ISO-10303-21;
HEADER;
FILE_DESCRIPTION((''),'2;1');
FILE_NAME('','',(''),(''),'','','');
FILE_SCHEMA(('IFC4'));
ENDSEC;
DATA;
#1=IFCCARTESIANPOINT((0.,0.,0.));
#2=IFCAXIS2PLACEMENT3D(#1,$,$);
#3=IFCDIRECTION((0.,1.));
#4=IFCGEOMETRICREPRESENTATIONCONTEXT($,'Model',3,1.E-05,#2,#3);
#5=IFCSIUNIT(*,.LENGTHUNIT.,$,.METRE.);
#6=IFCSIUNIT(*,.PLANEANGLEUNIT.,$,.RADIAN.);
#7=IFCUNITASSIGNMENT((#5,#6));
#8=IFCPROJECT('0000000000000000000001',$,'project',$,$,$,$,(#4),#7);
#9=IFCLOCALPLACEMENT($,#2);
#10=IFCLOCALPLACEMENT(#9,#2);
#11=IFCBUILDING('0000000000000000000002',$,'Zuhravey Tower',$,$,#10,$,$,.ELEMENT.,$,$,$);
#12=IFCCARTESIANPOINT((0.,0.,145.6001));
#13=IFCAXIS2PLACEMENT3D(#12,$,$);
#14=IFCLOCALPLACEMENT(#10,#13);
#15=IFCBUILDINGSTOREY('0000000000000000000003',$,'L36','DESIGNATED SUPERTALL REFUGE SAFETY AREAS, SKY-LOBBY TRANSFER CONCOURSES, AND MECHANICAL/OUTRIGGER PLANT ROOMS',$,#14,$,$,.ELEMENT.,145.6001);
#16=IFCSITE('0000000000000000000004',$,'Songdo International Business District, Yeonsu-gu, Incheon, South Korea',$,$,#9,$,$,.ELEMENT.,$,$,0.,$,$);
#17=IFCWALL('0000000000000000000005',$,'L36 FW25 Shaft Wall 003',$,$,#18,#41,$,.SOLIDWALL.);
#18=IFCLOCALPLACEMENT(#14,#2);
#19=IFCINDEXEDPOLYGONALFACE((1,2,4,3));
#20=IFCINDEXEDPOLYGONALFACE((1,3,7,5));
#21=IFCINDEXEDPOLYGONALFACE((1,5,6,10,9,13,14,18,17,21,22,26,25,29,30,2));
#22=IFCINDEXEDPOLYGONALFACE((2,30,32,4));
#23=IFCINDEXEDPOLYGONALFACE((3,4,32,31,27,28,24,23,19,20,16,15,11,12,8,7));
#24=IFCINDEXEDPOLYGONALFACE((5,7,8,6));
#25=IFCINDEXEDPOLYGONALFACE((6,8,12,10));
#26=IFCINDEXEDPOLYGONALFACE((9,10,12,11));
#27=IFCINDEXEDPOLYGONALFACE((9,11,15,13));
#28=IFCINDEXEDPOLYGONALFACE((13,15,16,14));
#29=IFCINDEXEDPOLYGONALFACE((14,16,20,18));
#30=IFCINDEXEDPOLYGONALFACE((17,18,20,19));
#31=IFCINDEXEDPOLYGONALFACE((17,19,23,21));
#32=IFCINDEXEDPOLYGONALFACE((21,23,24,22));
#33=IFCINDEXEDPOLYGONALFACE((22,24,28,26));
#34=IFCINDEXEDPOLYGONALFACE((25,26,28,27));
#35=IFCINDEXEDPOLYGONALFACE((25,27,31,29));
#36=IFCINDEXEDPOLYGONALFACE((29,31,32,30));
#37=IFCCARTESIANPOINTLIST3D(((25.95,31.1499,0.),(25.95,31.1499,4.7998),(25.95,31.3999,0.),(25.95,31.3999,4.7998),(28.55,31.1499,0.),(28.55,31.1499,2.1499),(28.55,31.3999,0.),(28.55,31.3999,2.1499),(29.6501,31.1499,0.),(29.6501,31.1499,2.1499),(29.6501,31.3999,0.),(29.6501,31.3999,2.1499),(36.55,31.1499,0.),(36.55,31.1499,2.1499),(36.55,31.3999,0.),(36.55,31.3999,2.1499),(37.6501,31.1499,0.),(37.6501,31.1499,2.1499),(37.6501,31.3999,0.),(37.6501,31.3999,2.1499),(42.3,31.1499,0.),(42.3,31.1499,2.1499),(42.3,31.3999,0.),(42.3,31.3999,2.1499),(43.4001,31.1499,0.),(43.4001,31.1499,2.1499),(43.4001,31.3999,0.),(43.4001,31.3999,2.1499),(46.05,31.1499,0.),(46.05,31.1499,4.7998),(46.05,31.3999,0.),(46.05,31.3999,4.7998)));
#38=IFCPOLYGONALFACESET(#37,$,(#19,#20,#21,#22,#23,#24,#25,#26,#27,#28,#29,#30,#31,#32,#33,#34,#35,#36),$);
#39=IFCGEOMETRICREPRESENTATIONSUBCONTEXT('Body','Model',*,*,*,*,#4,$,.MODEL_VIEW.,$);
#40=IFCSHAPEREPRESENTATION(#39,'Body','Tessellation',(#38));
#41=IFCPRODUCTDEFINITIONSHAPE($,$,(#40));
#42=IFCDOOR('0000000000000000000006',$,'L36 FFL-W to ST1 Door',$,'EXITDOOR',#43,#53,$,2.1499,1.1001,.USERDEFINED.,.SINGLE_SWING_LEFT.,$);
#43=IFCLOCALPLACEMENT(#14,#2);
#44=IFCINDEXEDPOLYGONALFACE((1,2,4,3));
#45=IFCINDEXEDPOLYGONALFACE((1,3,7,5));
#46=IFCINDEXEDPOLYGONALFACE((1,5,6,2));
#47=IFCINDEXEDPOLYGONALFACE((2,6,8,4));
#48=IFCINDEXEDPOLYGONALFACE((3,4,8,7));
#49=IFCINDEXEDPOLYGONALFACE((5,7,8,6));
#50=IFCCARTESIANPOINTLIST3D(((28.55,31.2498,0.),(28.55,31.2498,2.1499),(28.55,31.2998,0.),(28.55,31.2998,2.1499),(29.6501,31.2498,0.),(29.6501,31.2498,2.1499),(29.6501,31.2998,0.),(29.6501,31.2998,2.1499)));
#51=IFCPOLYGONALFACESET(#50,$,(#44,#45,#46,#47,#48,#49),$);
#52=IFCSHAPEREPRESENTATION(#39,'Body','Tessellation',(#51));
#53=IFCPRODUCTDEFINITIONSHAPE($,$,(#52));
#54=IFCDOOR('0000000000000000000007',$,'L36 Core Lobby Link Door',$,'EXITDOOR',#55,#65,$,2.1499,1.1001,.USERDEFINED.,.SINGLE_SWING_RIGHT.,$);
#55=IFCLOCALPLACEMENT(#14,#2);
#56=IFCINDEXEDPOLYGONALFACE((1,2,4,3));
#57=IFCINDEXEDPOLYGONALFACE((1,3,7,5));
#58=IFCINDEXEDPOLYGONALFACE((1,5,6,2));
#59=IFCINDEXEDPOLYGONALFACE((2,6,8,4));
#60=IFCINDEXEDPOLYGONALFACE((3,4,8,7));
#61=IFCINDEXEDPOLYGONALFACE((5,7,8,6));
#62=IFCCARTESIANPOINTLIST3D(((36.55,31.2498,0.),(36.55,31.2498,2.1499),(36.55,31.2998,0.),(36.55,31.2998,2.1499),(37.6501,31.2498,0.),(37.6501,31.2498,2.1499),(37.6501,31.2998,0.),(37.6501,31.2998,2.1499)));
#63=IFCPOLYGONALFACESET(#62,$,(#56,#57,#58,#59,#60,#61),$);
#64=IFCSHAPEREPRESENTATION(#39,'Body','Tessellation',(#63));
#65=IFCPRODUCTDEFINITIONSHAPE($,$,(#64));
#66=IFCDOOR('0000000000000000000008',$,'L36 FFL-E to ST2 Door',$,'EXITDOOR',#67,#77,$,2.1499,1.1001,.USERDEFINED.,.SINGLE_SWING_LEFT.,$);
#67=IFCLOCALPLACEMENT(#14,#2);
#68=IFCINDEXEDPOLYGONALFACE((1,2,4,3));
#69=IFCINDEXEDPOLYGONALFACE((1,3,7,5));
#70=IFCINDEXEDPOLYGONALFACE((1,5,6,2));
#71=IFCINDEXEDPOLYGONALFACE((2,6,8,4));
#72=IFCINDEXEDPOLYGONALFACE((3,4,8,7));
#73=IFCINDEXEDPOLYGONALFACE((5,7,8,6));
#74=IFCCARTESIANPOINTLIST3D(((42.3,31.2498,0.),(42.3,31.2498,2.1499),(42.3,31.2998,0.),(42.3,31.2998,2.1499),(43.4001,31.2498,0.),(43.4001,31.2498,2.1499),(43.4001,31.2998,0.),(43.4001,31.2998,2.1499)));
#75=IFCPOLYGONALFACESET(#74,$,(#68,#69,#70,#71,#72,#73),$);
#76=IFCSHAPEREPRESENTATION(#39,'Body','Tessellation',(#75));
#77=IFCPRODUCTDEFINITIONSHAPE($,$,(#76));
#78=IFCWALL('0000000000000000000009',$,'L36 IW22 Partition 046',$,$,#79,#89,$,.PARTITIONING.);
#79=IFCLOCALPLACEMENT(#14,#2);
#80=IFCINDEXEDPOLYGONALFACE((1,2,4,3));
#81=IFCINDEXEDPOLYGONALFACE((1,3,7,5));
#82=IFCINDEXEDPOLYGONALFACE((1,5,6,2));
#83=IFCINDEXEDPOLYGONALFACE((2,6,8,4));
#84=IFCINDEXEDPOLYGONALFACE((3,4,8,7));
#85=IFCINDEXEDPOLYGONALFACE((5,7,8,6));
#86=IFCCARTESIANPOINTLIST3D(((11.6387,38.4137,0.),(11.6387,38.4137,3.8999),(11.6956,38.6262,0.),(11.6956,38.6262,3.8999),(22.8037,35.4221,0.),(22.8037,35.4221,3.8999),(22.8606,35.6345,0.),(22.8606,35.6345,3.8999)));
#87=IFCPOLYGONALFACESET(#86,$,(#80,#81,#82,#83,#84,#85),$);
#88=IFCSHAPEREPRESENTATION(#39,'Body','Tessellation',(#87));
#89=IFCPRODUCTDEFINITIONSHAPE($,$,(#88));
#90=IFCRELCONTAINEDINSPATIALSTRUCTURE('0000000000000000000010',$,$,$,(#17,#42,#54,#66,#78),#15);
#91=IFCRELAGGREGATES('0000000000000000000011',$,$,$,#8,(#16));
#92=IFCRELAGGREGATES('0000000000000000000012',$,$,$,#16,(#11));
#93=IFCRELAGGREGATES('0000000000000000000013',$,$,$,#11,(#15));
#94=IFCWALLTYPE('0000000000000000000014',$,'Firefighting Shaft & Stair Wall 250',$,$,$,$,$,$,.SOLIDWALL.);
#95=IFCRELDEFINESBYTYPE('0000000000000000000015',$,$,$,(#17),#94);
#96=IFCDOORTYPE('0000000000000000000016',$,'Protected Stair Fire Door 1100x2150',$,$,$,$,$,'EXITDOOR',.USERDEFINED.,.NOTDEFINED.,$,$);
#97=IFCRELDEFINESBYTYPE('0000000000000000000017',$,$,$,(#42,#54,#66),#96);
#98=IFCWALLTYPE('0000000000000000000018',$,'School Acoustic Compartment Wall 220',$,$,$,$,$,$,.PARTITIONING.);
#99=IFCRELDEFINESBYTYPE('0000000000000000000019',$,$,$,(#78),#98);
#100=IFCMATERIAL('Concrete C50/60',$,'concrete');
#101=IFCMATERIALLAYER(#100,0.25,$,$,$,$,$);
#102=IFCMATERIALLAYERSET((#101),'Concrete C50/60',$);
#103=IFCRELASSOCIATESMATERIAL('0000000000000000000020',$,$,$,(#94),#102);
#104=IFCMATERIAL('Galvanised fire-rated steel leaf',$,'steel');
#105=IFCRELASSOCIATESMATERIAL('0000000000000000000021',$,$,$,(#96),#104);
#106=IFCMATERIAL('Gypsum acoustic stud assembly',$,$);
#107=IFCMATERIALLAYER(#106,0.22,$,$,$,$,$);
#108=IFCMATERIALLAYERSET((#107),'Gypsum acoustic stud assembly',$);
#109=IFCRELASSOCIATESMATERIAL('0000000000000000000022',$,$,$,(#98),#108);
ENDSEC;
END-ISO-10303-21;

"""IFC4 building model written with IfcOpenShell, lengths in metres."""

from ifc_helpers import new_model, si_unit, direction, frame, frame_2d, origin, place, context, subcontext, project, spatial, rectangle, extrude, material, layer, layer_set, type_object, element, fill, save


model = new_model("IFC4")

# Units and contexts
model_context = context("Model", 3, precision=1e-05, world=origin(), true_north=direction((0.0, 1.0)))
body_context = subcontext(model_context, "Body", "Model", "MODEL_VIEW")
ifc_project = project(units=[si_unit("LENGTHUNIT", "METRE"), si_unit("PLANEANGLEUNIT", "RADIAN")], contexts=[model_context])

# Site, building, storey
site_placement = place(None, origin())
site = spatial("IfcSite", under=ifc_project, at=site_placement, Name="Songdo International Business District, Yeonsu-gu, Incheon, South Korea", CompositionType="ELEMENT", RefElevation=0.0)
building_placement = place(site_placement, origin())
building = spatial("IfcBuilding", under=site, at=building_placement, Name="Zuhravey Tower", CompositionType="ELEMENT")
storey_placement = place(building_placement, frame((0.0, 0.0, 145.6001)))
storey = spatial("IfcBuildingStorey", under=building, at=storey_placement, Name="L36", Description="DESIGNATED SUPERTALL REFUGE SAFETY AREAS, SKY-LOBBY TRANSFER CONCOURSES, AND MECHANICAL/OUTRIGGER PLANT ROOMS", CompositionType="ELEMENT", Elevation=145.6001)

# Wall, openings, doors
ifc_material_1 = material(Name="Concrete C50/60", Category="concrete")
ifc_layer_1 = layer(ifc_material_1, 0.25)
ifc_layer_set_1 = layer_set([ifc_layer_1], Name="Concrete C50/60")
wall_type_1 = type_object("IfcWallType", Name="Firefighting Shaft & Stair Wall 250", PredefinedType="SOLIDWALL", material=ifc_layer_set_1)
wall_1_placement = place(storey_placement, frame((25.95, 31.2749, 0.0), z_axis=(0.0, 0.0, 1.0), x_axis=(1.0, 0.0, 0.0)))
wall_1 = element("IfcWall", 1, at=wall_1_placement, inside=storey, type_object=wall_type_1, Name="L36 FW25 Shaft Wall 003", PredefinedType="SOLIDWALL", context=body_context, shape_type="SweptSolid", body=[
    extrude(rectangle(XDim=20.1001, YDim=0.25, at=frame_2d((10.05, 0.0))), origin(), (0.0, 0.0, 1.0), 4.7998),
])
opening_1_placement = place(wall_1_placement, frame((2.6001, 0.0, 0.0)))
opening_1 = element("IfcOpeningElement", 2, at=opening_1_placement, cuts=wall_1, PredefinedType="OPENING", context=body_context, shape_type="SweptSolid", body=[
    extrude(rectangle(XDim=1.1001, YDim=2.1499, at=frame_2d((0.55, 1.075))), frame((0.0, 0.137, 0.0), z_axis=(0.0, -1.0, 0.0), x_axis=(1.0, 0.0, 0.0)), (0.0, 0.0, 1.0), 0.2739),
])
opening_2_placement = place(wall_1_placement, frame((10.6001, 0.0, 0.0)))
opening_2 = element("IfcOpeningElement", 3, at=opening_2_placement, cuts=wall_1, PredefinedType="OPENING", context=body_context, shape_type="SweptSolid", body=[
    extrude(rectangle(XDim=1.1001, YDim=2.1499, at=frame_2d((0.55, 1.075))), frame((0.0, 0.137, 0.0), z_axis=(0.0, -1.0, 0.0), x_axis=(1.0, 0.0, 0.0)), (0.0, 0.0, 1.0), 0.2739),
])
opening_3_placement = place(wall_1_placement, frame((16.3501, 0.0, 0.0)))
opening_3 = element("IfcOpeningElement", 4, at=opening_3_placement, cuts=wall_1, PredefinedType="OPENING", context=body_context, shape_type="SweptSolid", body=[
    extrude(rectangle(XDim=1.1001, YDim=2.1499, at=frame_2d((0.55, 1.075))), frame((0.0, 0.137, 0.0), z_axis=(0.0, -1.0, 0.0), x_axis=(1.0, 0.0, 0.0)), (0.0, 0.0, 1.0), 0.2739),
])
ifc_material_2 = material(Name="Galvanised fire-rated steel leaf", Category="steel")
door_type_1 = type_object("IfcDoorType", Name="Protected Stair Fire Door 1100x2150", ElementType="EXITDOOR", OperationType="NOTDEFINED", PredefinedType="USERDEFINED", material=ifc_material_2)
door_1_placement = place(opening_1_placement, origin())
door_1 = element("IfcDoor", 5, at=door_1_placement, inside=storey, type_object=door_type_1, Name="L36 FFL-W to ST1 Door", ObjectType="EXITDOOR", OperationType="SINGLE_SWING_LEFT", OverallHeight=2.1499, OverallWidth=1.1001, PredefinedType="USERDEFINED", context=body_context, shape_type="SweptSolid", body=[
    extrude(rectangle(XDim=1.1001, YDim=2.1499, at=frame_2d((0.55, 1.075))), frame((0.0, 0.0249, 0.0), z_axis=(0.0, -1.0, 0.0), x_axis=(1.0, 0.0, 0.0)), (0.0, 0.0, 1.0), 0.05),
])
fill(opening_1, door_1)
door_2_placement = place(opening_2_placement, origin())
door_2 = element("IfcDoor", 6, at=door_2_placement, inside=storey, type_object=door_type_1, Name="L36 Core Lobby Link Door", ObjectType="EXITDOOR", OperationType="SINGLE_SWING_RIGHT", OverallHeight=2.1499, OverallWidth=1.1001, PredefinedType="USERDEFINED", context=body_context, shape_type="SweptSolid", body=[
    extrude(rectangle(XDim=1.1001, YDim=2.1499, at=frame_2d((0.55, 1.075))), frame((0.0, 0.0249, 0.0), z_axis=(0.0, -1.0, 0.0), x_axis=(1.0, 0.0, 0.0)), (0.0, 0.0, 1.0), 0.05),
])
fill(opening_2, door_2)
door_3_placement = place(opening_3_placement, origin())
door_3 = element("IfcDoor", 7, at=door_3_placement, inside=storey, type_object=door_type_1, Name="L36 FFL-E to ST2 Door", ObjectType="EXITDOOR", OperationType="SINGLE_SWING_LEFT", OverallHeight=2.1499, OverallWidth=1.1001, PredefinedType="USERDEFINED", context=body_context, shape_type="SweptSolid", body=[
    extrude(rectangle(XDim=1.1001, YDim=2.1499, at=frame_2d((0.55, 1.075))), frame((0.0, 0.0249, 0.0), z_axis=(0.0, -1.0, 0.0), x_axis=(1.0, 0.0, 0.0)), (0.0, 0.0, 1.0), 0.05),
])
fill(opening_3, door_3)

# Wall
ifc_material_3 = material(Name="Gypsum acoustic stud assembly")
ifc_layer_2 = layer(ifc_material_3, 0.22)
ifc_layer_set_2 = layer_set([ifc_layer_2], Name="Gypsum acoustic stud assembly")
wall_type_2 = type_object("IfcWallType", Name="School Acoustic Compartment Wall 220", PredefinedType="PARTITIONING", material=ifc_layer_set_2)
wall_2_placement = place(storey_placement, frame((22.832, 35.5283, 0.0), z_axis=(0.0, 0.0, 1.0), x_axis=(-0.965925, 0.258822, 0.0)))
element("IfcWall", 8, at=wall_2_placement, inside=storey, type_object=wall_type_2, Name="L36 IW22 Partition 046", PredefinedType="PARTITIONING", context=body_context, shape_type="SweptSolid", body=[
    extrude(rectangle(XDim=11.5588, YDim=0.22, at=frame_2d((5.7793, 0.0))), origin(), (0.0, 0.0, 1.0), 3.8999),
])

save(model, "model.ifc")
